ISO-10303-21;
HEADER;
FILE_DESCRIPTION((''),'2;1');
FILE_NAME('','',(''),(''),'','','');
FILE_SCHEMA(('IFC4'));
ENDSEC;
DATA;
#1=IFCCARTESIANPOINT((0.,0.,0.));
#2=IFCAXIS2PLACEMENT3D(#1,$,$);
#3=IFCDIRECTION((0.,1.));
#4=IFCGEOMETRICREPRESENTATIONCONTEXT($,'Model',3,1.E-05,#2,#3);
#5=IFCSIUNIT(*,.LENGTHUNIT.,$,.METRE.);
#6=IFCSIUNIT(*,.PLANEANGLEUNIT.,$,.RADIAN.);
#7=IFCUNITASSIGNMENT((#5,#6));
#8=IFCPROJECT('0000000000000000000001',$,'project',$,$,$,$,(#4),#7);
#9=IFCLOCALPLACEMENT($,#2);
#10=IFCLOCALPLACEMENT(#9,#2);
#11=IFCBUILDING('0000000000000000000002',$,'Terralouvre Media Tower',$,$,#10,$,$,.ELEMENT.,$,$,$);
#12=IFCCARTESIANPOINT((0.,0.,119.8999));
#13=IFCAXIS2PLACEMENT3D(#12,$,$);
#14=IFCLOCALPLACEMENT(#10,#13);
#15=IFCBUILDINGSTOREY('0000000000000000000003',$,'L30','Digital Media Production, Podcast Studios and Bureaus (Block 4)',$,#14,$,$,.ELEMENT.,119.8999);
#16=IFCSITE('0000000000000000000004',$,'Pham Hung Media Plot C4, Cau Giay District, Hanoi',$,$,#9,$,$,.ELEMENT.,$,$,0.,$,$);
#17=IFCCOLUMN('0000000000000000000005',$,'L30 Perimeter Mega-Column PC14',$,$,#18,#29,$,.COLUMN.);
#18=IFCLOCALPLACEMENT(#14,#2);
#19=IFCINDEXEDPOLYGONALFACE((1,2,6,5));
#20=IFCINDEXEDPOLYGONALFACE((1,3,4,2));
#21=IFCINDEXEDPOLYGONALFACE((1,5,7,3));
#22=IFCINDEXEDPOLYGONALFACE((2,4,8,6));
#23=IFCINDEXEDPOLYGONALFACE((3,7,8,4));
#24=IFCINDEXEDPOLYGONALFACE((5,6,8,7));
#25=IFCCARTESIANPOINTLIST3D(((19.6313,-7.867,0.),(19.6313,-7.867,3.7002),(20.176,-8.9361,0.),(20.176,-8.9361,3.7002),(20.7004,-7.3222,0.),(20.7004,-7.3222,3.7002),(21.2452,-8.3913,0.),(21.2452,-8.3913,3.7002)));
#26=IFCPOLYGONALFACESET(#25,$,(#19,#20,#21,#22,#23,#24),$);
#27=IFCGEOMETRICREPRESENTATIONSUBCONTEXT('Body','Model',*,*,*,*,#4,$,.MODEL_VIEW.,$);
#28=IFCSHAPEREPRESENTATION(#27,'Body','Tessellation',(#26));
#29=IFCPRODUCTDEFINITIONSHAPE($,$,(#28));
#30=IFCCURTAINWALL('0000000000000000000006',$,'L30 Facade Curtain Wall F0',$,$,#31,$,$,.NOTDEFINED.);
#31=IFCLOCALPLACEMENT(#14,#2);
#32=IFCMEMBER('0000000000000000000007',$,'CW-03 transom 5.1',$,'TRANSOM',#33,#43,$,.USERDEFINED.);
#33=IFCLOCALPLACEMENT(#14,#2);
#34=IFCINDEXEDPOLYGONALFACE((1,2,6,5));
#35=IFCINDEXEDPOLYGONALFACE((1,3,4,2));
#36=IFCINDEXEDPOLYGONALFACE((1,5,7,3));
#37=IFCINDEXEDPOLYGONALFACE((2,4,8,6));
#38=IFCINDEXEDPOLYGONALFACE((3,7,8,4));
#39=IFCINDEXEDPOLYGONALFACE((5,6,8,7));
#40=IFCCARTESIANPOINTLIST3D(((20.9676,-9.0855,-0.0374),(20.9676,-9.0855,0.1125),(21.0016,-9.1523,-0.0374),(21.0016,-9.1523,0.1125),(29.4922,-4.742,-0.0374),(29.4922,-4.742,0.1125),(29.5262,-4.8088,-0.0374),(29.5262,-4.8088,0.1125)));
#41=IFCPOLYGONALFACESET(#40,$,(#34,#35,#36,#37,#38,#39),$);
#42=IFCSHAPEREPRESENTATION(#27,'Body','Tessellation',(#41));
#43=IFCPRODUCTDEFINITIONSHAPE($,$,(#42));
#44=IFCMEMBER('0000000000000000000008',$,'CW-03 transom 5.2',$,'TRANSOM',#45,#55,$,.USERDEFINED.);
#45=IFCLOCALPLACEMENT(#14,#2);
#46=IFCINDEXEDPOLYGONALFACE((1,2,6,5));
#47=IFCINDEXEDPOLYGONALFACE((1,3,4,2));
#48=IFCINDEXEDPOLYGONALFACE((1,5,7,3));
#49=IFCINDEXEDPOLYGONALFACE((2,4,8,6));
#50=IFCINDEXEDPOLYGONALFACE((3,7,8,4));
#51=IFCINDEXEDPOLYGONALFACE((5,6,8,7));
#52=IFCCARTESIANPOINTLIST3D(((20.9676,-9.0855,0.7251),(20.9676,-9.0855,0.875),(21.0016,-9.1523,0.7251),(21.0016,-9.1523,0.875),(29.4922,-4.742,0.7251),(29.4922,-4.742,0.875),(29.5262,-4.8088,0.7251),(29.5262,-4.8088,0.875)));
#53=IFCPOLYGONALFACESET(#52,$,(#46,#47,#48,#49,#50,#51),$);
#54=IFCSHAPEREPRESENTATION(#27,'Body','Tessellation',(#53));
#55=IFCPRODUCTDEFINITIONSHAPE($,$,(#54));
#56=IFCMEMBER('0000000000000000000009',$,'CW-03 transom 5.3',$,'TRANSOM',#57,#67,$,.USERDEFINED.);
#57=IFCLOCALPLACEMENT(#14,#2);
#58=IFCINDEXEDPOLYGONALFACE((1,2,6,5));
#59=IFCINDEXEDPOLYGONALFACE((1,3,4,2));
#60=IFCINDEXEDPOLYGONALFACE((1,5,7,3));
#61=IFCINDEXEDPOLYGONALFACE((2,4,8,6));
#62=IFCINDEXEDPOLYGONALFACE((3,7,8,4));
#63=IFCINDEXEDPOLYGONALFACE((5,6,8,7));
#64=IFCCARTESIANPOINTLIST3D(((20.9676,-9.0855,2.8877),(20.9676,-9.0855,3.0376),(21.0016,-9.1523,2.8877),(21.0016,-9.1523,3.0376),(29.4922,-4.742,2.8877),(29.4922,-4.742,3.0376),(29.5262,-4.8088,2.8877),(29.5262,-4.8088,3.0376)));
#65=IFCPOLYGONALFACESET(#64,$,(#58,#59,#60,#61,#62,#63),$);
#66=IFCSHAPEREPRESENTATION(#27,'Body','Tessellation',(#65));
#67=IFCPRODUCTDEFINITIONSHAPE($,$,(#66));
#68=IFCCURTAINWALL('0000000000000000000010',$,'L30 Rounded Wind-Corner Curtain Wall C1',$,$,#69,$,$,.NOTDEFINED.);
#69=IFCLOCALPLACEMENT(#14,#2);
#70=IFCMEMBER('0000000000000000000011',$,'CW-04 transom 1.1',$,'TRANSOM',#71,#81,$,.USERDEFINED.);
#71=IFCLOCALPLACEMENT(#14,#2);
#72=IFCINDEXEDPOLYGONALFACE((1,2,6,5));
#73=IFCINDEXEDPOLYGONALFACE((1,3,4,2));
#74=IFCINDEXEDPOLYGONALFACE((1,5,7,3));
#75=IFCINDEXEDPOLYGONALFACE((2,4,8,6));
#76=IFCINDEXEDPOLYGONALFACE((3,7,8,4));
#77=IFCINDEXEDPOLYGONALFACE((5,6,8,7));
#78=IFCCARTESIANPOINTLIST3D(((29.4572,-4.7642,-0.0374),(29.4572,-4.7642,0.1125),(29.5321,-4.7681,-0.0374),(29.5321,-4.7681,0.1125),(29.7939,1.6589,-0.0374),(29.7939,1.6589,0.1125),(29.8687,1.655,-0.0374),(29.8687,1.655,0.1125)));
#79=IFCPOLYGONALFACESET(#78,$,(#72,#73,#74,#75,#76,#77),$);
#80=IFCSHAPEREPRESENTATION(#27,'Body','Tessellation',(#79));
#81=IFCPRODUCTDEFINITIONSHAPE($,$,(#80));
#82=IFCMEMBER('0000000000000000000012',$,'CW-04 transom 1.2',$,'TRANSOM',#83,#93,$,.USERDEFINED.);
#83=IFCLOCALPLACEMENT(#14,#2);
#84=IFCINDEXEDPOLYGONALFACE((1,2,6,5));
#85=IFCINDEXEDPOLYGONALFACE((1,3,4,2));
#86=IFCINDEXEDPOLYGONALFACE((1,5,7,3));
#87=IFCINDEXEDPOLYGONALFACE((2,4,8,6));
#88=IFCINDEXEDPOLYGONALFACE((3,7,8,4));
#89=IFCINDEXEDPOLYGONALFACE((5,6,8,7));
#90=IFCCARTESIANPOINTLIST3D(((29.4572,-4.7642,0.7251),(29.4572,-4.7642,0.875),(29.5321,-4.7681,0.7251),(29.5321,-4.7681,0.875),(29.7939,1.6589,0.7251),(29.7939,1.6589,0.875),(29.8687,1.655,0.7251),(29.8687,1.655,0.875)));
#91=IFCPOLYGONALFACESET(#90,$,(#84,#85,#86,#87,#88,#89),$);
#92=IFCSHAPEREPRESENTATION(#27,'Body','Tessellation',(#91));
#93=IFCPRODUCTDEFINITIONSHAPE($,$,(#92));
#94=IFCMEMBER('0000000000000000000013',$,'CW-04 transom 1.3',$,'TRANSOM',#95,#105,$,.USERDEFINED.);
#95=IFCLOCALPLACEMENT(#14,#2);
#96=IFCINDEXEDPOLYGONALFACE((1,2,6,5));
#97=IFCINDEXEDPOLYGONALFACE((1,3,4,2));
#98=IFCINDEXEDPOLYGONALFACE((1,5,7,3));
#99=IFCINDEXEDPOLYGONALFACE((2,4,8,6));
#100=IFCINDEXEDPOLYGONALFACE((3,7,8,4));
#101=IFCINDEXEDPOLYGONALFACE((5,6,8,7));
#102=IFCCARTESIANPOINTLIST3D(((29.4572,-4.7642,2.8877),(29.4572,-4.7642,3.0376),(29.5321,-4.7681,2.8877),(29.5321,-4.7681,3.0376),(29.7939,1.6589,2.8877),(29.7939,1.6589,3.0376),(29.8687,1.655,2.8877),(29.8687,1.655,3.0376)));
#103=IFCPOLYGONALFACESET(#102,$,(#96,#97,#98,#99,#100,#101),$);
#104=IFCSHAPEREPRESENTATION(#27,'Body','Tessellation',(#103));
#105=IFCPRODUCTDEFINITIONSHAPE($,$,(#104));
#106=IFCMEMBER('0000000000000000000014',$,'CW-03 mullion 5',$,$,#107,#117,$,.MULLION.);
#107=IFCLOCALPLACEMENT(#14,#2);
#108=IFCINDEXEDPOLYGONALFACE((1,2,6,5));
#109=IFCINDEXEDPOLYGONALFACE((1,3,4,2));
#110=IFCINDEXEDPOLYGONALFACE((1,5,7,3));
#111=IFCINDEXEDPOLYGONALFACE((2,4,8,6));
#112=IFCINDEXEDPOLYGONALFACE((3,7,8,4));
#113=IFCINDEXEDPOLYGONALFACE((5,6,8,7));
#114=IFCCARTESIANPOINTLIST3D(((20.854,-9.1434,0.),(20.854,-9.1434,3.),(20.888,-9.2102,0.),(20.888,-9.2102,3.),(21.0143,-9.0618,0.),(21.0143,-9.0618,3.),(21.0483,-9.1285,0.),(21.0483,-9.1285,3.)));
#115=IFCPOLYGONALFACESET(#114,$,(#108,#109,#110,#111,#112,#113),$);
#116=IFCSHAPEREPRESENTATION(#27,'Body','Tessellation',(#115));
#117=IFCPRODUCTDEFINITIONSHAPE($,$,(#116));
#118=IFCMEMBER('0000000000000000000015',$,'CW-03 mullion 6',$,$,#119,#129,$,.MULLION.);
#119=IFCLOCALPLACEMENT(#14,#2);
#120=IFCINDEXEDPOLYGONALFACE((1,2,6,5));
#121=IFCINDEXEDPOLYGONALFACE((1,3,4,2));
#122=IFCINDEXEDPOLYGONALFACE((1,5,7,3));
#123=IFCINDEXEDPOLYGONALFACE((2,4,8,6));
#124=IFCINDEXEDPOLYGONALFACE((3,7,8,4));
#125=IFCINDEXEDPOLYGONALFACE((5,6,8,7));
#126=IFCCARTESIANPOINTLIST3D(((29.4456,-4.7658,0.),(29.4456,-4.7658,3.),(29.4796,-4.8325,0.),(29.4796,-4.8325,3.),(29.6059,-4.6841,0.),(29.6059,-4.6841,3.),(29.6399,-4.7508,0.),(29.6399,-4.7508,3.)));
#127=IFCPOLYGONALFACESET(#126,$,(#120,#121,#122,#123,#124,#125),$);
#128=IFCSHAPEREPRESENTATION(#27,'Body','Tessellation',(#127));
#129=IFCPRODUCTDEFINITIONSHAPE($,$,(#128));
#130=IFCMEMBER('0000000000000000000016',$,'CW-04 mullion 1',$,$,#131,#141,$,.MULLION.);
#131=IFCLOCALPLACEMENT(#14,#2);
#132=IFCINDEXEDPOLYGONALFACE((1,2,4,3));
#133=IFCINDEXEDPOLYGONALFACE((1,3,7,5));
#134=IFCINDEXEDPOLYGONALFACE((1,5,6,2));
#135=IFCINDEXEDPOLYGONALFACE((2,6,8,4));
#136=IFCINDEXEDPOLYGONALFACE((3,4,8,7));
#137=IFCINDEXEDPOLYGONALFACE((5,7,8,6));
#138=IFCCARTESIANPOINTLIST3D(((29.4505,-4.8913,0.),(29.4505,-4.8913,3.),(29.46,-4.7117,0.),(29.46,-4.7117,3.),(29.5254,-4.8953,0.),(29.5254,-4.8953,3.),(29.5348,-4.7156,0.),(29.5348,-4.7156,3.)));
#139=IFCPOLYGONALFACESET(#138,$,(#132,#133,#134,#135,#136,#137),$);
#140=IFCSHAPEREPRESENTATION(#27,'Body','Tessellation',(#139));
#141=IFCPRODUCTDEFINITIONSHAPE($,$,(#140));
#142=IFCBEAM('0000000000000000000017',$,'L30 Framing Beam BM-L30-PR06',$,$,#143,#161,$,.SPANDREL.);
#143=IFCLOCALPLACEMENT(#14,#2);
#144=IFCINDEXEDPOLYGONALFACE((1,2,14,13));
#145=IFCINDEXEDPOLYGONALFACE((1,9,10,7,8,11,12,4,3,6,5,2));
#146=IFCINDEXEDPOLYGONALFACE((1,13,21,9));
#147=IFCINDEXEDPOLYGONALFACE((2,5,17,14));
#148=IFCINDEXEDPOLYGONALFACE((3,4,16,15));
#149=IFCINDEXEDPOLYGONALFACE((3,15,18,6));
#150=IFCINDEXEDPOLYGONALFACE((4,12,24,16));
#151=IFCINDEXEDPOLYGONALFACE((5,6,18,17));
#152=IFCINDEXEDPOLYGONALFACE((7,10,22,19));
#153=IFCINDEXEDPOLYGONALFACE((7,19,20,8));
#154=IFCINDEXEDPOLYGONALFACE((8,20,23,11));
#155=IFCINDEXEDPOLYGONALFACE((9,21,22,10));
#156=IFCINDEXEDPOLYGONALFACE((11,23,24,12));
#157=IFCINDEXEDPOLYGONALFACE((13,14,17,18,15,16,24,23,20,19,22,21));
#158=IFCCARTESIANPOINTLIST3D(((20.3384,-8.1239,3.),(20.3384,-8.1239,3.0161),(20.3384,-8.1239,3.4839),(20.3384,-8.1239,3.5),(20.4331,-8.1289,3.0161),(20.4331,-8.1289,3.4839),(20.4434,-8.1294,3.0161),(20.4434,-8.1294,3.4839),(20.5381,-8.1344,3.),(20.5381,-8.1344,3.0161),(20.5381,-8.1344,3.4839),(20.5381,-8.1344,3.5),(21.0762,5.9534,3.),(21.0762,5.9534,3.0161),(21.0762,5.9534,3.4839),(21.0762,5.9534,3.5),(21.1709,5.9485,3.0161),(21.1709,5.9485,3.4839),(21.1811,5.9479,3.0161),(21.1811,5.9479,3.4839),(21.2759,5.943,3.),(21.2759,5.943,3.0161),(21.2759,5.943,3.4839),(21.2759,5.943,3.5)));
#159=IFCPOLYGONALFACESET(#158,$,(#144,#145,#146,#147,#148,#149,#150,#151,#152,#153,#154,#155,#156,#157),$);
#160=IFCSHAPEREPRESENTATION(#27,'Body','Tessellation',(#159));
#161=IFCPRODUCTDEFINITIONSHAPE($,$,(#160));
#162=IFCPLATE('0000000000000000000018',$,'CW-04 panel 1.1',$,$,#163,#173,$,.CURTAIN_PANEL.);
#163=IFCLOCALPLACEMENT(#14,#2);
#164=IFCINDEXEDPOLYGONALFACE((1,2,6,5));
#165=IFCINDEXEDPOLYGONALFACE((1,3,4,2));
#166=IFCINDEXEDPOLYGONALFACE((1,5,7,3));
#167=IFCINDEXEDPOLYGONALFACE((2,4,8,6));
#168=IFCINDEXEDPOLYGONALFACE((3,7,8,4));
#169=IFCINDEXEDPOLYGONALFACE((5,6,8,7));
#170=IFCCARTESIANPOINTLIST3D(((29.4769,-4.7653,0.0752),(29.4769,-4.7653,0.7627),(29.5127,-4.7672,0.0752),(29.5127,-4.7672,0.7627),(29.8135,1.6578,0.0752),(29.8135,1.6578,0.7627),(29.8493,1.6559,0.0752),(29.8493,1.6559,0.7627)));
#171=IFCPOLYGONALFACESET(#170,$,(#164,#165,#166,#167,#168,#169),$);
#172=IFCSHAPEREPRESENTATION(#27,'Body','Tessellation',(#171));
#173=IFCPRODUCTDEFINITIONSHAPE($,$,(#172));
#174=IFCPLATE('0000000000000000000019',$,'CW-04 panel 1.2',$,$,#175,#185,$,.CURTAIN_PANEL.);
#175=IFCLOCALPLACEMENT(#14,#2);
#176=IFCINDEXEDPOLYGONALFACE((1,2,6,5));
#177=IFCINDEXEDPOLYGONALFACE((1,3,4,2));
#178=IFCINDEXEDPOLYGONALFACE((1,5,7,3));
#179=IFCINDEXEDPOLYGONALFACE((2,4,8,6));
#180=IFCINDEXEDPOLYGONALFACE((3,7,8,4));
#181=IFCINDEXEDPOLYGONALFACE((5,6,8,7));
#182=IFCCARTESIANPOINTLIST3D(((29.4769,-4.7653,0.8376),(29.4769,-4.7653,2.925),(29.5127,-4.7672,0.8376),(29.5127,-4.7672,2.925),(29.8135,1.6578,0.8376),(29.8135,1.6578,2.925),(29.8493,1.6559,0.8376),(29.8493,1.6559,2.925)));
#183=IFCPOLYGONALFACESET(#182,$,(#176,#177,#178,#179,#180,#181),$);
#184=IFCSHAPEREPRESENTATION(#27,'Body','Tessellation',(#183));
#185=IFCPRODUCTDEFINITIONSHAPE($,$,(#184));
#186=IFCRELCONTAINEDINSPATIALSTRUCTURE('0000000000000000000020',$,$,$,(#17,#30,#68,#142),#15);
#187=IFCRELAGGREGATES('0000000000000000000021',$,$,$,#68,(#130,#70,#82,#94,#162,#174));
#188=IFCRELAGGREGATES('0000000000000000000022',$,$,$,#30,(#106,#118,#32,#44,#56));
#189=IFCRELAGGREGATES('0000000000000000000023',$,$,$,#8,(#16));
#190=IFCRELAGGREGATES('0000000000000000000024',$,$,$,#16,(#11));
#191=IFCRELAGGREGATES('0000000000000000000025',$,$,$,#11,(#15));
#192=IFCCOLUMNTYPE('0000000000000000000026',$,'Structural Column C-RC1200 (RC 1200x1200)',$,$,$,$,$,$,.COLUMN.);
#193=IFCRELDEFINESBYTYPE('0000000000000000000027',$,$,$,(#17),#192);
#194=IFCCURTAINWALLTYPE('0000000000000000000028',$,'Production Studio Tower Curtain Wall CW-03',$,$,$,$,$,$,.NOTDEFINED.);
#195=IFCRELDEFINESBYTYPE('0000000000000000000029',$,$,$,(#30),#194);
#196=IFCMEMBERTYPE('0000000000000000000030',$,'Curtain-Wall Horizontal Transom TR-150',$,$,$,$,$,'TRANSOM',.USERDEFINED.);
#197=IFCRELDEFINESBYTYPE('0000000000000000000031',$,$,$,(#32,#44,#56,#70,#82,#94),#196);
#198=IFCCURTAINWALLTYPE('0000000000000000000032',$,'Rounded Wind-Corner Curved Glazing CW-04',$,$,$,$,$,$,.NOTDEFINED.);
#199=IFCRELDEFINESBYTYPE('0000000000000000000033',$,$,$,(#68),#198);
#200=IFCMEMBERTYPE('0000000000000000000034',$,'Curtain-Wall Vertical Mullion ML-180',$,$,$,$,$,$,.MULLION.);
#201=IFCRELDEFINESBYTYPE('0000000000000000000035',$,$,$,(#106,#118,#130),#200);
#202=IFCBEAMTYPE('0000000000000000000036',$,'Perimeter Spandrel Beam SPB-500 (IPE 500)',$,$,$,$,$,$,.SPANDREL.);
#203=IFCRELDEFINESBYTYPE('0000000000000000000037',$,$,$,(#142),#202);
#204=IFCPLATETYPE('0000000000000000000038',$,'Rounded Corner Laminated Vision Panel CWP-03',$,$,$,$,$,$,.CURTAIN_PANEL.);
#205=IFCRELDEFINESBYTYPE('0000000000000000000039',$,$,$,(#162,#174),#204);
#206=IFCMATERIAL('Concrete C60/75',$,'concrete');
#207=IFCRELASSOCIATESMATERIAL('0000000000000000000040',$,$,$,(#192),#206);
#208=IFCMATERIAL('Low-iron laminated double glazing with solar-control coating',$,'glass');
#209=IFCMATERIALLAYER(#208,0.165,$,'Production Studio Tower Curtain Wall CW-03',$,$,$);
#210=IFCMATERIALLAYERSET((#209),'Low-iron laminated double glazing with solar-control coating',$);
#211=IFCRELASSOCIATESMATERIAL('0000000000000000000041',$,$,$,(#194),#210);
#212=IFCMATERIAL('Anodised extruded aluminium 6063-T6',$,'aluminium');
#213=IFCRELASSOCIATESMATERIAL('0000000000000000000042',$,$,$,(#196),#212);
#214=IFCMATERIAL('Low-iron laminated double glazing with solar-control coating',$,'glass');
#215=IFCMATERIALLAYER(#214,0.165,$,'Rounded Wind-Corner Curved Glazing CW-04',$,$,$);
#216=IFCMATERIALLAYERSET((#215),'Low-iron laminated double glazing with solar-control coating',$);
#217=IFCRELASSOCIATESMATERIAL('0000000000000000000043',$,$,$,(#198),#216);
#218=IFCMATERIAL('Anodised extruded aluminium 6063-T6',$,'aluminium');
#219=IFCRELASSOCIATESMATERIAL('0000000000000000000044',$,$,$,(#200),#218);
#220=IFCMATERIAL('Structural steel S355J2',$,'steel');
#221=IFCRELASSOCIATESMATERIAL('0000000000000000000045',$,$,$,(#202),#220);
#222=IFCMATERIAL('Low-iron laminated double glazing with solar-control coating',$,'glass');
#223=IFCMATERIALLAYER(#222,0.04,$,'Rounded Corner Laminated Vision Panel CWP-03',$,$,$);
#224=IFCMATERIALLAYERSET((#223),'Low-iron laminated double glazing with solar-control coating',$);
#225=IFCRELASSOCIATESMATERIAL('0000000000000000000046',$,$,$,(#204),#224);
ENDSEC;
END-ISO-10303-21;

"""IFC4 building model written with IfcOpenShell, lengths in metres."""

from ifc_helpers import new_model, si_unit, direction, frame, origin, origin_2d, place, context, subcontext, project, spatial, rectangle, i_section, extrude, material, layer, layer_set, material_profile, profile_set, type_object, element, aggregate, save


model = new_model("IFC4")

# Units and contexts
model_context = context("Model", 3, precision=1e-05, world=origin(), true_north=direction((0.0, 1.0)))
body_context = subcontext(model_context, "Body", "Model", "MODEL_VIEW")
ifc_project = project(units=[si_unit("LENGTHUNIT", "METRE"), si_unit("PLANEANGLEUNIT", "RADIAN")], contexts=[model_context])

# Site, building, storey
site_placement = place(None, origin())
site = spatial("IfcSite", under=ifc_project, at=site_placement, Name="Pham Hung Media Plot C4, Cau Giay District, Hanoi", CompositionType="ELEMENT", RefElevation=0.0)
building_placement = place(site_placement, origin())
building = spatial("IfcBuilding", under=site, at=building_placement, Name="Terralouvre Media Tower", CompositionType="ELEMENT")
storey_placement = place(building_placement, frame((0.0, 0.0, 119.8999)))
storey = spatial("IfcBuildingStorey", under=building, at=storey_placement, Name="L30", Description="Digital Media Production, Podcast Studios and Bureaus (Block 4)", CompositionType="ELEMENT", Elevation=119.8999)

# Column
ifc_material_1 = material(Name="Concrete C60/75", Category="concrete")
ifc_material_profile_1 = material_profile(ifc_material_1, rectangle(XDim=1.2, YDim=1.2, at=origin_2d()), Name="RC 1200x1200")
ifc_profile_set_1 = profile_set([ifc_material_profile_1], Name="Concrete C60/75")
column_type = type_object("IfcColumnType", Name="Structural Column C-RC1200 (RC 1200x1200)", PredefinedType="COLUMN", material=ifc_profile_set_1)
column_placement = place(storey_placement, frame((20.4382, -8.1292, 0.0), z_axis=(0.0, 0.0, 1.0), x_axis=(0.891007, 0.45399, 0.0)))
element("IfcColumn", 1, at=column_placement, inside=storey, type_object=column_type, Name="L30 Perimeter Mega-Column PC14", PredefinedType="COLUMN", context=body_context, shape_type="SweptSolid", body=[
    extrude(rectangle(XDim=1.2, YDim=1.2, at=origin_2d()), origin(), (0.0, 0.0, 1.0), 3.7002),
])

# Curtain walls, members
ifc_material_2 = material(Name="Low-iron laminated double glazing with solar-control coating", Category="glass")
ifc_layer_1 = layer(ifc_material_2, 0.165, Name="Production Studio Tower Curtain Wall CW-03")
ifc_layer_set_1 = layer_set([ifc_layer_1], Name="Low-iron laminated double glazing with solar-control coating")
curtain_wall_type_1 = type_object("IfcCurtainWallType", Name="Production Studio Tower Curtain Wall CW-03", PredefinedType="NOTDEFINED", material=ifc_layer_set_1)
curtain_wall_1_placement = place(storey_placement, origin())
curtain_wall_1 = element("IfcCurtainWall", 2, at=curtain_wall_1_placement, inside=storey, type_object=curtain_wall_type_1, Name="L30 Facade Curtain Wall F0", PredefinedType="NOTDEFINED")
ifc_material_3 = material(Name="Anodised extruded aluminium 6063-T6", Category="aluminium")
ifc_material_profile_2 = material_profile(ifc_material_3, rectangle(XDim=0.075, YDim=0.1499, at=origin_2d()), Name="ALU 75x150")
ifc_profile_set_2 = profile_set([ifc_material_profile_2], Name="Anodised extruded aluminium 6063-T6")
member_type_1 = type_object("IfcMemberType", Name="Curtain-Wall Horizontal Transom TR-150", ElementType="TRANSOM", PredefinedType="USERDEFINED", material=ifc_profile_set_2)
member_1_placement = place(storey_placement, frame((20.9846, -9.1189, 0.0376), z_axis=(0.891008, 0.453988, 0.0), x_axis=(-0.453988, 0.891008, 0.0)))
member_1 = element("IfcMember", 3, at=member_1_placement, type_object=member_type_1, Name="CW-03 transom 5.1", ObjectType="TRANSOM", PredefinedType="USERDEFINED", context=body_context, shape_type="SweptSolid", body=[
    extrude(rectangle(XDim=0.075, YDim=0.1499, at=origin_2d()), origin(), (0.0, 0.0, 1.0), 9.5674),
])
member_2_placement = place(storey_placement, frame((20.9846, -9.1189, 0.8), z_axis=(0.891008, 0.453988, 0.0), x_axis=(-0.453988, 0.891008, 0.0)))
member_2 = element("IfcMember", 4, at=member_2_placement, type_object=member_type_1, Name="CW-03 transom 5.2", ObjectType="TRANSOM", PredefinedType="USERDEFINED", context=body_context, shape_type="SweptSolid", body=[
    extrude(rectangle(XDim=0.075, YDim=0.1499, at=origin_2d()), origin(), (0.0, 0.0, 1.0), 9.5674),
])
member_3_placement = place(storey_placement, frame((20.9846, -9.1189, 2.9626), z_axis=(0.891008, 0.453988, 0.0), x_axis=(-0.453988, 0.891008, 0.0)))
member_3 = element("IfcMember", 5, at=member_3_placement, type_object=member_type_1, Name="CW-03 transom 5.3", ObjectType="TRANSOM", PredefinedType="USERDEFINED", context=body_context, shape_type="SweptSolid", body=[
    extrude(rectangle(XDim=0.075, YDim=0.1499, at=origin_2d()), origin(), (0.0, 0.0, 1.0), 9.5674),
])
ifc_material_4 = material(Name="Low-iron laminated double glazing with solar-control coating", Category="glass")
ifc_layer_2 = layer(ifc_material_4, 0.165, Name="Rounded Wind-Corner Curved Glazing CW-04")
ifc_layer_set_2 = layer_set([ifc_layer_2], Name="Low-iron laminated double glazing with solar-control coating")
curtain_wall_type_2 = type_object("IfcCurtainWallType", Name="Rounded Wind-Corner Curved Glazing CW-04", PredefinedType="NOTDEFINED", material=ifc_layer_set_2)
curtain_wall_2_placement = place(storey_placement, origin())
curtain_wall_2 = element("IfcCurtainWall", 6, at=curtain_wall_2_placement, inside=storey, type_object=curtain_wall_type_2, Name="L30 Rounded Wind-Corner Curtain Wall C1", PredefinedType="NOTDEFINED")
member_4_placement = place(storey_placement, frame((29.4946, -4.7661, 0.0376), z_axis=(0.052344, 0.998629, 0.0), x_axis=(-0.998629, 0.052344, 0.0)))
member_4 = element("IfcMember", 7, at=member_4_placement, type_object=member_type_1, Name="CW-04 transom 1.1", ObjectType="TRANSOM", PredefinedType="USERDEFINED", context=body_context, shape_type="SweptSolid", body=[
    extrude(rectangle(XDim=0.075, YDim=0.1499, at=origin_2d()), origin(), (0.0, 0.0, 1.0), 6.4319),
])
member_5_placement = place(storey_placement, frame((29.4946, -4.7661, 0.8), z_axis=(0.052344, 0.998629, 0.0), x_axis=(-0.998629, 0.052344, 0.0)))
member_5 = element("IfcMember", 8, at=member_5_placement, type_object=member_type_1, Name="CW-04 transom 1.2", ObjectType="TRANSOM", PredefinedType="USERDEFINED", context=body_context, shape_type="SweptSolid", body=[
    extrude(rectangle(XDim=0.075, YDim=0.1499, at=origin_2d()), origin(), (0.0, 0.0, 1.0), 6.4319),
])
member_6_placement = place(storey_placement, frame((29.4946, -4.7661, 2.9626), z_axis=(0.052344, 0.998629, 0.0), x_axis=(-0.998629, 0.052344, 0.0)))
member_6 = element("IfcMember", 9, at=member_6_placement, type_object=member_type_1, Name="CW-04 transom 1.3", ObjectType="TRANSOM", PredefinedType="USERDEFINED", context=body_context, shape_type="SweptSolid", body=[
    extrude(rectangle(XDim=0.075, YDim=0.1499, at=origin_2d()), origin(), (0.0, 0.0, 1.0), 6.4319),
])

# Members
ifc_material_5 = material(Name="Anodised extruded aluminium 6063-T6", Category="aluminium")
ifc_material_profile_3 = material_profile(ifc_material_5, rectangle(XDim=0.075, YDim=0.1799, at=origin_2d()), Name="ALU 75x180")
ifc_profile_set_3 = profile_set([ifc_material_profile_3], Name="Anodised extruded aluminium 6063-T6")
member_type_2 = type_object("IfcMemberType", Name="Curtain-Wall Vertical Mullion ML-180", PredefinedType="MULLION", material=ifc_profile_set_3)
member_7_placement = place(storey_placement, frame((20.9512, -9.136, 0.0), z_axis=(0.0, 0.0, 1.0), x_axis=(-0.453991, 0.891007, 0.0)))
member_7 = element("IfcMember", 10, at=member_7_placement, type_object=member_type_2, Name="CW-03 mullion 5", PredefinedType="MULLION", context=body_context, shape_type="SweptSolid", body=[
    extrude(rectangle(XDim=0.075, YDim=0.1799, at=origin_2d()), origin(), (0.0, 0.0, 1.0), 3.0),
])
member_8_placement = place(storey_placement, frame((29.5427, -4.7583, 0.0), z_axis=(0.0, 0.0, 1.0), x_axis=(-0.453991, 0.891007, 0.0)))
member_8 = element("IfcMember", 11, at=member_8_placement, type_object=member_type_2, Name="CW-03 mullion 6", PredefinedType="MULLION", context=body_context, shape_type="SweptSolid", body=[
    extrude(rectangle(XDim=0.075, YDim=0.1799, at=origin_2d()), origin(), (0.0, 0.0, 1.0), 3.0),
])
member_9_placement = place(storey_placement, frame((29.4927, -4.8035, 0.0), z_axis=(0.0, 0.0, 1.0), x_axis=(-0.998629, 0.052337, 0.0)))
member_9 = element("IfcMember", 12, at=member_9_placement, type_object=member_type_2, Name="CW-04 mullion 1", PredefinedType="MULLION", context=body_context, shape_type="SweptSolid", body=[
    extrude(rectangle(XDim=0.075, YDim=0.1799, at=origin_2d()), origin(), (0.0, 0.0, 1.0), 3.0),
])

# Beam
ifc_material_6 = material(Name="Structural steel S355J2", Category="steel")
ifc_material_profile_4 = material_profile(ifc_material_6, i_section(OverallWidth=0.2, OverallDepth=0.5, WebThickness=0.0103, FlangeThickness=0.0161, at=origin_2d()), Name="IPE 500")
ifc_profile_set_4 = profile_set([ifc_material_profile_4], Name="Structural steel S355J2")
beam_type = type_object("IfcBeamType", Name="Perimeter Spandrel Beam SPB-500 (IPE 500)", PredefinedType="SPANDREL", material=ifc_profile_set_4)
beam_placement = place(storey_placement, frame((20.4382, -8.1292, 3.25), z_axis=(0.052338, 0.998629, 0.0), x_axis=(-0.998629, 0.052338, 0.0)))
element("IfcBeam", 13, at=beam_placement, inside=storey, type_object=beam_type, Name="L30 Framing Beam BM-L30-PR06", PredefinedType="SPANDREL", context=body_context, shape_type="SweptSolid", body=[
    extrude(i_section(OverallWidth=0.2, OverallDepth=0.5, WebThickness=0.0103, FlangeThickness=0.0161, at=origin_2d()), origin(), (0.0, 0.0, 1.0), 14.0967),
])

# Plates
ifc_material_7 = material(Name="Low-iron laminated double glazing with solar-control coating", Category="glass")
ifc_layer_3 = layer(ifc_material_7, 0.04, Name="Rounded Corner Laminated Vision Panel CWP-03")
ifc_layer_set_3 = layer_set([ifc_layer_3], Name="Low-iron laminated double glazing with solar-control coating")
plate_type_1 = type_object("IfcPlateType", Name="Rounded Corner Laminated Vision Panel CWP-03", PredefinedType="CURTAIN_PANEL", material=ifc_layer_set_3)
plate_1_placement = place(storey_placement, frame((29.6631, -1.5547, 0.0752), z_axis=(0.0, 0.0, 1.0), x_axis=(0.052337, 0.998629, 0.0)))
plate_1 = element("IfcPlate", 14, at=plate_1_placement, type_object=plate_type_1, Name="CW-04 panel 1.1", PredefinedType="CURTAIN_PANEL", context=body_context, shape_type="SweptSolid", body=[
    extrude(rectangle(XDim=6.4319, YDim=0.0359, at=origin_2d()), origin(), (0.0, 0.0, 1.0), 0.6875),
])
plate_2_placement = place(storey_placement, frame((29.6631, -1.5547, 0.8376), z_axis=(0.0, 0.0, 1.0), x_axis=(0.052337, 0.998629, 0.0)))
plate_2 = element("IfcPlate", 15, at=plate_2_placement, type_object=plate_type_1, Name="CW-04 panel 1.2", PredefinedType="CURTAIN_PANEL", context=body_context, shape_type="SweptSolid", body=[
    extrude(rectangle(XDim=6.4319, YDim=0.0359, at=origin_2d()), origin(), (0.0, 0.0, 1.0), 2.0874),
])
aggregate(curtain_wall_2, [member_9, member_4, member_5, member_6, plate_1, plate_2])
aggregate(curtain_wall_1, [member_7, member_8, member_1, member_2, member_3])

save(model, "model.ifc")
